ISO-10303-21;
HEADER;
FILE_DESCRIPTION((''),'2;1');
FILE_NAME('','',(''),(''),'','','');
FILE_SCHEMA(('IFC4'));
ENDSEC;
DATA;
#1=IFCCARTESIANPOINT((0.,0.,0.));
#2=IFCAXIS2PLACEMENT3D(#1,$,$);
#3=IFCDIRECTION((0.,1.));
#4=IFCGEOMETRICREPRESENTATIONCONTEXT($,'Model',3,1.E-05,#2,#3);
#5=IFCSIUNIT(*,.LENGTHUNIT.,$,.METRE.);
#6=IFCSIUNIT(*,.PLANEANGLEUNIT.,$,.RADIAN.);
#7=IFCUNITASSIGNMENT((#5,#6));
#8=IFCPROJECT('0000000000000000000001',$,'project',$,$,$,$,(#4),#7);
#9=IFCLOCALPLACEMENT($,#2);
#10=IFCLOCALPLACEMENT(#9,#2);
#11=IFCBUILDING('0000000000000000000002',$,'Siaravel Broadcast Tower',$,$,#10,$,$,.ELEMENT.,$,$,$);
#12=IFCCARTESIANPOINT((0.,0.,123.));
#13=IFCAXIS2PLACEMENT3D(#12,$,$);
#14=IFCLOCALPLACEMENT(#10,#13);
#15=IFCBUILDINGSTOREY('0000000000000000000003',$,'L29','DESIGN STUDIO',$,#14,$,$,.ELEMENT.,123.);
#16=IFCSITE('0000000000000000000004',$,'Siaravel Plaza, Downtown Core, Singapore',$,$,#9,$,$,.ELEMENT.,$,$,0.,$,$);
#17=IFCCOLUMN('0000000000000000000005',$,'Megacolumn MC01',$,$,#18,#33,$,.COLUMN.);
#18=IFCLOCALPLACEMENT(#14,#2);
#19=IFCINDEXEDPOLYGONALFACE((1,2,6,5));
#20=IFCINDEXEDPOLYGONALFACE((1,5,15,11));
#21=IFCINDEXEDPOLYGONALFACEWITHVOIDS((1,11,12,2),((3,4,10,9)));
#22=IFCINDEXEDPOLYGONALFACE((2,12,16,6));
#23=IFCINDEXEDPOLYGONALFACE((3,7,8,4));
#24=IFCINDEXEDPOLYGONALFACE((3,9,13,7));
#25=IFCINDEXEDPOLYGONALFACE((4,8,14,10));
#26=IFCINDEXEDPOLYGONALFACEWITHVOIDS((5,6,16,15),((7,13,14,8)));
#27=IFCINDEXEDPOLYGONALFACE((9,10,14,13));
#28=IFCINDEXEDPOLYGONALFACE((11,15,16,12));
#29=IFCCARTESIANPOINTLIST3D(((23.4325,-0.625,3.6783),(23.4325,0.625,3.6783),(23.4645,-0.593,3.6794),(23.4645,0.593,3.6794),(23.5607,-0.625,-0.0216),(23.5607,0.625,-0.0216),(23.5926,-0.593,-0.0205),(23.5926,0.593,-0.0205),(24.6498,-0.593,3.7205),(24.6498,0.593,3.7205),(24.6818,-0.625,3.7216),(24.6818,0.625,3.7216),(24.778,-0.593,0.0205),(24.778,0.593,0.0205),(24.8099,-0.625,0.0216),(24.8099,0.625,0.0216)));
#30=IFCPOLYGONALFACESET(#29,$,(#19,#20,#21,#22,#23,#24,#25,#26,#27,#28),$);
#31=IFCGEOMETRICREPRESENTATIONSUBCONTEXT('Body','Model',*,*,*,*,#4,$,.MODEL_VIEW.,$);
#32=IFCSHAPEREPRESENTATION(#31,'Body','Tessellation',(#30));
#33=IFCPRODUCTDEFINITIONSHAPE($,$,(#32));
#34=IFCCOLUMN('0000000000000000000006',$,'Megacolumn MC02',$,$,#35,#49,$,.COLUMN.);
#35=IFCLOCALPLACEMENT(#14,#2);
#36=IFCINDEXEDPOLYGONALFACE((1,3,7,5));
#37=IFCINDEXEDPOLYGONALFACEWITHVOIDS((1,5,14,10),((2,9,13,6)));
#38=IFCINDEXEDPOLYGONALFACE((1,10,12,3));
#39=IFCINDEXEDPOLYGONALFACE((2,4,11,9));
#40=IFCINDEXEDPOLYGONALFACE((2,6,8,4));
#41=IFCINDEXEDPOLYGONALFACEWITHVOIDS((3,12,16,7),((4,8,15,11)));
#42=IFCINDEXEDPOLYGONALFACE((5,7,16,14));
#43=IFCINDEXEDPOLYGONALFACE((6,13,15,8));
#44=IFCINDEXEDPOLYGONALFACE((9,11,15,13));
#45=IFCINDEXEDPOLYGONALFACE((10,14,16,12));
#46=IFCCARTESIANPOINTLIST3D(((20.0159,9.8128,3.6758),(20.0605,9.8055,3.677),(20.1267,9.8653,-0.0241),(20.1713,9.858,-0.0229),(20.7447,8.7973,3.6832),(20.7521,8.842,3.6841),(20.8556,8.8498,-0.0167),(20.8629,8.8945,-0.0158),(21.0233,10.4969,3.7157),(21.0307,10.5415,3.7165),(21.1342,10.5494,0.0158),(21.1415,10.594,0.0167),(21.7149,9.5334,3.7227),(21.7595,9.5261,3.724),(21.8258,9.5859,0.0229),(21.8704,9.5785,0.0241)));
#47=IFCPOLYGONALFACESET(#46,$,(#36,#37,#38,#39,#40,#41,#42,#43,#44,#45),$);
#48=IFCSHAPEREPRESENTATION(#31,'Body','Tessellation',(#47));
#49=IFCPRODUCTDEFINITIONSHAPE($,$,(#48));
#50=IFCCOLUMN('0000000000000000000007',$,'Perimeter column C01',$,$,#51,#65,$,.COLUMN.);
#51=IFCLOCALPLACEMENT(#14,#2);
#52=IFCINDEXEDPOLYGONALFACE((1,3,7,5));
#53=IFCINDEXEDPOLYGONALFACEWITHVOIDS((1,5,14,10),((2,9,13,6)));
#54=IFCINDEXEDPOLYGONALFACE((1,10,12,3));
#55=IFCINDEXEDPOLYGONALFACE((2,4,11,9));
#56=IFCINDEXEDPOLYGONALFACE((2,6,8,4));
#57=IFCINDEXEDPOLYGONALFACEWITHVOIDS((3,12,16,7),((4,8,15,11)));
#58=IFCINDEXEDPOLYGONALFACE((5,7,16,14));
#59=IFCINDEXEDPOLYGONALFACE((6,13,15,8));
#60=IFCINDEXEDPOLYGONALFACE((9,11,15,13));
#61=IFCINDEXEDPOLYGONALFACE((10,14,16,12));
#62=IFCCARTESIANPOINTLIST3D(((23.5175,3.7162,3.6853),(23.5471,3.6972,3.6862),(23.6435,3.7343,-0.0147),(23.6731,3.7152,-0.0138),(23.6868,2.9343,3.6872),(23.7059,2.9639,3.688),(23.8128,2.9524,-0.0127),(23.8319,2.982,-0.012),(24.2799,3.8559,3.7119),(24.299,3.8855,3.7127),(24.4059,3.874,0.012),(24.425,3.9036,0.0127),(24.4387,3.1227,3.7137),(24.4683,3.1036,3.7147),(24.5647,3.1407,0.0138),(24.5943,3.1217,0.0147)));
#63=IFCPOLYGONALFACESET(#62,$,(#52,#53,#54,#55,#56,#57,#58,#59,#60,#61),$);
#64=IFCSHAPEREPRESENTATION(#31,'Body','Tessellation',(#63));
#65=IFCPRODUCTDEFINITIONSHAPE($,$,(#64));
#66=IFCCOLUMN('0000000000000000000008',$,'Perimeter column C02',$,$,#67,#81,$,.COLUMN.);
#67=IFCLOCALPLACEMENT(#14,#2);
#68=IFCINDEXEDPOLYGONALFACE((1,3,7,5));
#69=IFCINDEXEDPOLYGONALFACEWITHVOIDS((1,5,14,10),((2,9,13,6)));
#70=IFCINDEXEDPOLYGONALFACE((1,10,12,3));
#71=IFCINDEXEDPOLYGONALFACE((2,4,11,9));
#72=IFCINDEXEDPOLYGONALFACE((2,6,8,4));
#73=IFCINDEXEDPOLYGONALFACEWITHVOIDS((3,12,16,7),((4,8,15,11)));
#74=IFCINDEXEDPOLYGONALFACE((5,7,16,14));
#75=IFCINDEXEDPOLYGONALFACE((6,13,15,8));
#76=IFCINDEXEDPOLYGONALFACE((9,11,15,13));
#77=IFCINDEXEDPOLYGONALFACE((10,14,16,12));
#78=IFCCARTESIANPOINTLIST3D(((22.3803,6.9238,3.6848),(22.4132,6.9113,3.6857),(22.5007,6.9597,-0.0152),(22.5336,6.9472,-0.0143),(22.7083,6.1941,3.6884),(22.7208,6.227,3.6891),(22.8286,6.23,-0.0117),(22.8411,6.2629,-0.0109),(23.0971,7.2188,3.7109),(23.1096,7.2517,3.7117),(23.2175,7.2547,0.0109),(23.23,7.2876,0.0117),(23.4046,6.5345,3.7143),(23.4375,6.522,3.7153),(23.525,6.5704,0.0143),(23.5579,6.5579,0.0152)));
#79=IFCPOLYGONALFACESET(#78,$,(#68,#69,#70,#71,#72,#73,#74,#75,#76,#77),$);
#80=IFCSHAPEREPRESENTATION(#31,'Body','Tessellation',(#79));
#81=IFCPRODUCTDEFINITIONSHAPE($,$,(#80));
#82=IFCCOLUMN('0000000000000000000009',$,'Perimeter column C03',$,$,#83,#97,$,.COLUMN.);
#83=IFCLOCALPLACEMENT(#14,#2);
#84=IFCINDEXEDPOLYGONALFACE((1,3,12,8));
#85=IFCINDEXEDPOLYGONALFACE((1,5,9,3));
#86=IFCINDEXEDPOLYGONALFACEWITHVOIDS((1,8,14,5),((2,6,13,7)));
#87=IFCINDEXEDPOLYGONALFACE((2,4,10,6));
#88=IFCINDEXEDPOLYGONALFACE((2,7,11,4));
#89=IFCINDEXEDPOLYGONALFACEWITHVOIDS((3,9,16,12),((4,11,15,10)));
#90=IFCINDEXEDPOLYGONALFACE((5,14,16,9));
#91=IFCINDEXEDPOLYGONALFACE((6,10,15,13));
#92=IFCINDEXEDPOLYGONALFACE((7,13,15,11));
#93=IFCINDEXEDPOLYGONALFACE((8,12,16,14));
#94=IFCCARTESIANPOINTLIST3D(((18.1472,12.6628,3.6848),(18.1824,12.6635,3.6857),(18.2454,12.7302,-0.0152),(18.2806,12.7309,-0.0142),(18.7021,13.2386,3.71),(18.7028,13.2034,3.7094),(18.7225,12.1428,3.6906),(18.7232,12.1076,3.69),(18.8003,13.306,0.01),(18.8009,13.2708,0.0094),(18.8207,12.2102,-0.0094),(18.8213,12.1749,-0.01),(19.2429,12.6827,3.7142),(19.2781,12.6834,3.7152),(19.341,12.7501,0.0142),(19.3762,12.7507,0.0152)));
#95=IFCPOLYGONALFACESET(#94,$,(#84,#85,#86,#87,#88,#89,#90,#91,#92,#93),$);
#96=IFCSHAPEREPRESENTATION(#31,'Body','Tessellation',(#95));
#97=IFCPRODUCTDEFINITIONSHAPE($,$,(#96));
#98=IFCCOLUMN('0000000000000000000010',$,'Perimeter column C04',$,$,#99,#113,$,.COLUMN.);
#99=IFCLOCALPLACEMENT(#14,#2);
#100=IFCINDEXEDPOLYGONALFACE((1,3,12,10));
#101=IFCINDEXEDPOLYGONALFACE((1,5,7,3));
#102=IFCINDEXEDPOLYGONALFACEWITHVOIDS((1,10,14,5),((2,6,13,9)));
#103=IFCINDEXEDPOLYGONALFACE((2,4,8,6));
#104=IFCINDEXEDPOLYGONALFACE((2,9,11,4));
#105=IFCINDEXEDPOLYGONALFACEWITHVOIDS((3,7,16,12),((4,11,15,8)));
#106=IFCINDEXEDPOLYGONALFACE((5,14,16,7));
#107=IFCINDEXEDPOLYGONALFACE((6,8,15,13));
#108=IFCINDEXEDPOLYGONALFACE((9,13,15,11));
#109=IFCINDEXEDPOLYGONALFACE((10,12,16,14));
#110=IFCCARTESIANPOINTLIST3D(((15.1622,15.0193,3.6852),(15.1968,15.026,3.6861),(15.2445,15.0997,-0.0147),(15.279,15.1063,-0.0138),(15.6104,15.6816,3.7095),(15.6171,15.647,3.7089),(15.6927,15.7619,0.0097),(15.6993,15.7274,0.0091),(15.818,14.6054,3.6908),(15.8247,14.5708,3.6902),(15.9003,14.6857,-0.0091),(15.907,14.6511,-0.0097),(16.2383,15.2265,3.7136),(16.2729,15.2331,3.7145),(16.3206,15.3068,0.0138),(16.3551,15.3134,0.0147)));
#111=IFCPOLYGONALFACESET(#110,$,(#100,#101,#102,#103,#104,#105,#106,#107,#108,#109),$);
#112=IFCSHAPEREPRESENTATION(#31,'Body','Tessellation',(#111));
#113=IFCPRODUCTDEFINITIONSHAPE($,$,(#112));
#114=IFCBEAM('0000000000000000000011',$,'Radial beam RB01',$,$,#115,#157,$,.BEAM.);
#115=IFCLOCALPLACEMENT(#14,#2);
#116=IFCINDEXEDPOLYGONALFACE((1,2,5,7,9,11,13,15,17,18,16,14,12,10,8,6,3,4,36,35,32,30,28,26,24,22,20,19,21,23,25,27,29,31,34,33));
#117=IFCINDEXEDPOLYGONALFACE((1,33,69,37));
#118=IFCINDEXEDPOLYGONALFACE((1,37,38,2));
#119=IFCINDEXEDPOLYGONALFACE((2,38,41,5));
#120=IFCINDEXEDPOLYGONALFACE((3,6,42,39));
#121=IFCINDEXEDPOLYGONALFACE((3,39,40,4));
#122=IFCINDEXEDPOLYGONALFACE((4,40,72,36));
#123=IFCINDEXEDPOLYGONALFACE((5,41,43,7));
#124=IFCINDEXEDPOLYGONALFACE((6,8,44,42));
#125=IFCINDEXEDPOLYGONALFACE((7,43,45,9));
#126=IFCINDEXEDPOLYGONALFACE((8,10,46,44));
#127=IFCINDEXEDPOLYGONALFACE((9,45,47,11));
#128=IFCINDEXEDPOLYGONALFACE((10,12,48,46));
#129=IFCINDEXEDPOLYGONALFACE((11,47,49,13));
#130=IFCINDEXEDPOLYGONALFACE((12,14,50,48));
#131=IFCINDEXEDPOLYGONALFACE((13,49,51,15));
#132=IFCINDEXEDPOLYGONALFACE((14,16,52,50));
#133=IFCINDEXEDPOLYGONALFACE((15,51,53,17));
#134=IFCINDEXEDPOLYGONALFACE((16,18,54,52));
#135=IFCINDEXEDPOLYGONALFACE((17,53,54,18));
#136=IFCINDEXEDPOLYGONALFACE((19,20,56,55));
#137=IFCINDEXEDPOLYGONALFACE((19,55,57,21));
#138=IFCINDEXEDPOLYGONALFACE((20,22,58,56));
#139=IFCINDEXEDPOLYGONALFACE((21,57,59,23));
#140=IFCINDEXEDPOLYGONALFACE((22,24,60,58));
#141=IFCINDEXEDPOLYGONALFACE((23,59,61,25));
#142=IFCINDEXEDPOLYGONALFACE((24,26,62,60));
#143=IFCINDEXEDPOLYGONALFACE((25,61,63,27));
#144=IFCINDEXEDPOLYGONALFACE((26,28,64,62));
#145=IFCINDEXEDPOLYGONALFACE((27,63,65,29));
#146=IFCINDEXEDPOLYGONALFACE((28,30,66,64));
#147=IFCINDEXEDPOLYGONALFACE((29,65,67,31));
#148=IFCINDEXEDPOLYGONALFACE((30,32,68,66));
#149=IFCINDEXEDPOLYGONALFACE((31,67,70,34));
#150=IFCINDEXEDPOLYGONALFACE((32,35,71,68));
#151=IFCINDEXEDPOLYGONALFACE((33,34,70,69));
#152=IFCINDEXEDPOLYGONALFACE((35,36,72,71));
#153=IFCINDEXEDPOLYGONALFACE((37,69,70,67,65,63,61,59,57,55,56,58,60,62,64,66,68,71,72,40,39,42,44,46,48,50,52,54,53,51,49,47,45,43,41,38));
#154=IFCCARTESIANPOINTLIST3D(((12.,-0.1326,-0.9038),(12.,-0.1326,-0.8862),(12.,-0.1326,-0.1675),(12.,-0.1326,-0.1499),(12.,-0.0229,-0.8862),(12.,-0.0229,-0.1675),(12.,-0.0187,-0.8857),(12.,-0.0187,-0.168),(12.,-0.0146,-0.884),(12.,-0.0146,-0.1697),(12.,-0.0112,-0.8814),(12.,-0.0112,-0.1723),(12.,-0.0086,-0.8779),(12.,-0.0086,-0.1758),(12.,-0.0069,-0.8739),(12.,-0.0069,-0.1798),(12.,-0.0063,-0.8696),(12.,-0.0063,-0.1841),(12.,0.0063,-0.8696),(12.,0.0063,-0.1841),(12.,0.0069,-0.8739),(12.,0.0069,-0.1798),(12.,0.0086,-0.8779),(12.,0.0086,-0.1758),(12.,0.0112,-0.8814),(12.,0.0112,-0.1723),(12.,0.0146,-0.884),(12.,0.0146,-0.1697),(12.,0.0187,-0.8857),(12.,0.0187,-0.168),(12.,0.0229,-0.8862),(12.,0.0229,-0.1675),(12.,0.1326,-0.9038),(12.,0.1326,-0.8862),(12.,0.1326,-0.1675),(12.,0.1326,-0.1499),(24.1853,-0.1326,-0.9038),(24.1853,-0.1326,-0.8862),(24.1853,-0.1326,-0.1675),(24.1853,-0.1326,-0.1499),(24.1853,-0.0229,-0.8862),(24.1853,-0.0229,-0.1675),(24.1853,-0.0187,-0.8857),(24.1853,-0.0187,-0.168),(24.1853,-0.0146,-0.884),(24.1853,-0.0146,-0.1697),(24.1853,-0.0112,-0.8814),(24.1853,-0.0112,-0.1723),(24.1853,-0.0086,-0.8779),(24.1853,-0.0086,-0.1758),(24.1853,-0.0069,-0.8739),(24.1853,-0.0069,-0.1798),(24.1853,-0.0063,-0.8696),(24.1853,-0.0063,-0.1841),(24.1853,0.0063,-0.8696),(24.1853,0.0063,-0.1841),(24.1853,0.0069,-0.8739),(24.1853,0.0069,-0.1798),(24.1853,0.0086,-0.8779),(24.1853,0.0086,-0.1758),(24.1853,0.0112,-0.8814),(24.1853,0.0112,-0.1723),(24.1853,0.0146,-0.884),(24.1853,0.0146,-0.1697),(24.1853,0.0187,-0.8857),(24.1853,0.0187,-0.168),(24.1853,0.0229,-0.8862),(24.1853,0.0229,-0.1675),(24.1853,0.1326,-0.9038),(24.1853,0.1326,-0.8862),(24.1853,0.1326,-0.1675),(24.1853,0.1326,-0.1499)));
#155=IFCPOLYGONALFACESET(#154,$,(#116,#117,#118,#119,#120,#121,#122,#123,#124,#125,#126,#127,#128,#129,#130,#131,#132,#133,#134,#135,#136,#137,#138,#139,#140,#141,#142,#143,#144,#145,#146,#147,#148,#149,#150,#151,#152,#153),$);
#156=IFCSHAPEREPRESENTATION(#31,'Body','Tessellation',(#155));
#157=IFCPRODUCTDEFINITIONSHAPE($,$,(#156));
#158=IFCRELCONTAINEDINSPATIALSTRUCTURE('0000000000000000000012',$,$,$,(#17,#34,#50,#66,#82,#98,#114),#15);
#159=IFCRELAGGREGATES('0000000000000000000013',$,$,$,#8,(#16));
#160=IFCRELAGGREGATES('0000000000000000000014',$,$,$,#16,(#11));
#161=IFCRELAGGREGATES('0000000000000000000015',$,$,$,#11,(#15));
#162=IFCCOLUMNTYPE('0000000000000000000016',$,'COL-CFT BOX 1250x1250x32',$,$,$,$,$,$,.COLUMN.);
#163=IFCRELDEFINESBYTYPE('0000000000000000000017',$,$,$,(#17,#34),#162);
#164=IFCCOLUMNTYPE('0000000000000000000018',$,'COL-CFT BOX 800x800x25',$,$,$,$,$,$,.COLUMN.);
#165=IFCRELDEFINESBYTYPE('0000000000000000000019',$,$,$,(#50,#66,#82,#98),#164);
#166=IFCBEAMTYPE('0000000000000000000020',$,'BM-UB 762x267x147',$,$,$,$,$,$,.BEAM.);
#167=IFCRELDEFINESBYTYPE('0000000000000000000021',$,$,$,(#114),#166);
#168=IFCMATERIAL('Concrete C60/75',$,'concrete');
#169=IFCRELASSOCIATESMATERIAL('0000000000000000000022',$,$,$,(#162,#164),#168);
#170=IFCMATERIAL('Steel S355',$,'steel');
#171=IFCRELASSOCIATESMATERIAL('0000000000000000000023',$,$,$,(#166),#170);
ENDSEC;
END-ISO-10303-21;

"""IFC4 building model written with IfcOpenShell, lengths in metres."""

from ifc_helpers import new_model, si_unit, direction, frame, origin, origin_2d, place, context, subcontext, project, spatial, hollow_rectangle, i_section, extrude, material, material_profile, profile_set, type_object, element, save


model = new_model("IFC4")

# Units and contexts
model_context = context("Model", 3, precision=1e-05, world=origin(), true_north=direction((0.0, 1.0)))
body_context = subcontext(model_context, "Body", "Model", "MODEL_VIEW")
ifc_project = project(units=[si_unit("LENGTHUNIT", "METRE"), si_unit("PLANEANGLEUNIT", "RADIAN")], contexts=[model_context])

# Site, building, storey
site_placement = place(None, origin())
site = spatial("IfcSite", under=ifc_project, at=site_placement, Name="Siaravel Plaza, Downtown Core, Singapore", CompositionType="ELEMENT", RefElevation=0.0)
building_placement = place(site_placement, origin())
building = spatial("IfcBuilding", under=site, at=building_placement, Name="Siaravel Broadcast Tower", CompositionType="ELEMENT")
storey_placement = place(building_placement, frame((0.0, 0.0, 123.0)))
storey = spatial("IfcBuildingStorey", under=building, at=storey_placement, Name="L29", Description="DESIGN STUDIO", CompositionType="ELEMENT", Elevation=123.0)

# Columns
ifc_material_1 = material(Name="Concrete C60/75", Category="concrete")
ifc_material_profile_1 = material_profile(ifc_material_1, hollow_rectangle(XDim=1.25, YDim=1.25, WallThickness=0.032, at=origin_2d()))
ifc_profile_set_1 = profile_set([ifc_material_profile_1], Name="Concrete C60/75")
column_type_1 = type_object("IfcColumnType", Name="COL-CFT BOX 1250x1250x32", PredefinedType="COLUMN", material=ifc_profile_set_1)
column_1_placement = place(storey_placement, frame((24.1853, 0.0, 0.0), z_axis=(-0.034621, 0.0, 0.999401), x_axis=(0.0, -1.0, 0.0)))
element("IfcColumn", 1, at=column_1_placement, inside=storey, type_object=column_type_1, Name="Megacolumn MC01", PredefinedType="COLUMN", context=body_context, shape_type="SweptSolid", body=[
    extrude(hollow_rectangle(XDim=1.25, YDim=1.25, WallThickness=0.032, at=origin_2d()), origin(), (0.0, 0.0, 1.0), 3.7021),
])
column_2_placement = place(storey_placement, frame((20.9985, 9.7219, 0.0), z_axis=(-0.029941, -0.014179, 0.999451), x_axis=(0.583108, -0.812373, 0.005943)))
element("IfcColumn", 2, at=column_2_placement, inside=storey, type_object=column_type_1, Name="Megacolumn MC02", PredefinedType="COLUMN", context=body_context, shape_type="SweptSolid", body=[
    extrude(hollow_rectangle(XDim=1.25, YDim=1.25, WallThickness=0.032, at=origin_2d()), origin(), (0.0, 0.0, 1.0), 3.7019),
])
ifc_material_profile_2 = material_profile(ifc_material_1, hollow_rectangle(XDim=0.8, YDim=0.8, WallThickness=0.0249, at=origin_2d()))
ifc_profile_set_2 = profile_set([ifc_material_profile_2], Name="Concrete C60/75")
column_type_2 = type_object("IfcColumnType", Name="COL-CFT BOX 800x800x25", PredefinedType="COLUMN", material=ifc_profile_set_2)
for number, where, z_axis, x_axis, name in (
    (3, (24.1189, 3.428, 0.0), (-0.034028, -0.00488, 0.999409), (0.211628, -0.977347, 0.002433), "Perimeter column C01"),
    (4, (23.0293, 6.7588, 0.0), (-0.032512, -0.009694, 0.999424), (0.409917, -0.912112, 0.004488), "Perimeter column C02"),
):
    element("IfcColumn", number, at=place(storey_placement, frame(where, z_axis=z_axis, x_axis=x_axis)), inside=storey, type_object=column_type_2, Name=name, PredefinedType="COLUMN", context=body_context, shape_type="SweptSolid", body=[
        extrude(hollow_rectangle(XDim=0.8, YDim=0.8, WallThickness=0.0249, at=origin_2d()), origin(), (0.0, 0.0, 1.0), 3.7021),
    ])
column_3_placement = place(storey_placement, frame((18.8108, 12.7405, 0.0), z_axis=(-0.026512, -0.018202, 0.999483), x_axis=(0.719899, -0.694049, 0.006456)))
element("IfcColumn", 5, at=column_3_placement, inside=storey, type_object=column_type_2, Name="Perimeter column C03", PredefinedType="COLUMN", context=body_context, shape_type="SweptSolid", body=[
    extrude(hollow_rectangle(XDim=0.8, YDim=0.8, WallThickness=0.0249, at=origin_2d()), origin(), (0.0, 0.0, 1.0), 3.7019),
])
column_4_placement = place(storey_placement, frame((15.7998, 15.2065, 0.0), z_axis=(-0.022226, -0.021699, 0.999517), x_axis=(0.828057, -0.560609, 0.006243)))
element("IfcColumn", 6, at=column_4_placement, inside=storey, type_object=column_type_2, Name="Perimeter column C04", PredefinedType="COLUMN", context=body_context, shape_type="SweptSolid", body=[
    extrude(hollow_rectangle(XDim=0.8, YDim=0.8, WallThickness=0.0249, at=origin_2d()), origin(), (0.0, 0.0, 1.0), 3.7017),
])

# Beam
ifc_material_2 = material(Name="Steel S355", Category="steel")
ifc_material_profile_3 = material_profile(ifc_material_2, i_section(OverallWidth=0.2651, OverallDepth=0.7539, WebThickness=0.0127, FlangeThickness=0.0176, FilletRadius=0.0166, at=origin_2d()))
ifc_profile_set_3 = profile_set([ifc_material_profile_3], Name="Steel S355")
beam_type = type_object("IfcBeamType", Name="BM-UB 762x267x147", PredefinedType="BEAM", material=ifc_profile_set_3)
beam_1_placement = place(storey_placement, frame((24.1853, 0.0, -0.5269), z_axis=(-1.0, 0.0, 0.0), x_axis=(0.0, -1.0, 0.0)))
element("IfcBeam", 7, at=beam_1_placement, inside=storey, type_object=beam_type, Name="Radial beam RB01", PredefinedType="BEAM", context=body_context, shape_type="SweptSolid", body=[
    extrude(i_section(OverallWidth=0.2651, OverallDepth=0.7539, WebThickness=0.0127, FlangeThickness=0.0176, FilletRadius=0.0166, at=origin_2d()), origin(), (0.0, 0.0, 1.0), 12.1853),
])

save(model, "model.ifc")
